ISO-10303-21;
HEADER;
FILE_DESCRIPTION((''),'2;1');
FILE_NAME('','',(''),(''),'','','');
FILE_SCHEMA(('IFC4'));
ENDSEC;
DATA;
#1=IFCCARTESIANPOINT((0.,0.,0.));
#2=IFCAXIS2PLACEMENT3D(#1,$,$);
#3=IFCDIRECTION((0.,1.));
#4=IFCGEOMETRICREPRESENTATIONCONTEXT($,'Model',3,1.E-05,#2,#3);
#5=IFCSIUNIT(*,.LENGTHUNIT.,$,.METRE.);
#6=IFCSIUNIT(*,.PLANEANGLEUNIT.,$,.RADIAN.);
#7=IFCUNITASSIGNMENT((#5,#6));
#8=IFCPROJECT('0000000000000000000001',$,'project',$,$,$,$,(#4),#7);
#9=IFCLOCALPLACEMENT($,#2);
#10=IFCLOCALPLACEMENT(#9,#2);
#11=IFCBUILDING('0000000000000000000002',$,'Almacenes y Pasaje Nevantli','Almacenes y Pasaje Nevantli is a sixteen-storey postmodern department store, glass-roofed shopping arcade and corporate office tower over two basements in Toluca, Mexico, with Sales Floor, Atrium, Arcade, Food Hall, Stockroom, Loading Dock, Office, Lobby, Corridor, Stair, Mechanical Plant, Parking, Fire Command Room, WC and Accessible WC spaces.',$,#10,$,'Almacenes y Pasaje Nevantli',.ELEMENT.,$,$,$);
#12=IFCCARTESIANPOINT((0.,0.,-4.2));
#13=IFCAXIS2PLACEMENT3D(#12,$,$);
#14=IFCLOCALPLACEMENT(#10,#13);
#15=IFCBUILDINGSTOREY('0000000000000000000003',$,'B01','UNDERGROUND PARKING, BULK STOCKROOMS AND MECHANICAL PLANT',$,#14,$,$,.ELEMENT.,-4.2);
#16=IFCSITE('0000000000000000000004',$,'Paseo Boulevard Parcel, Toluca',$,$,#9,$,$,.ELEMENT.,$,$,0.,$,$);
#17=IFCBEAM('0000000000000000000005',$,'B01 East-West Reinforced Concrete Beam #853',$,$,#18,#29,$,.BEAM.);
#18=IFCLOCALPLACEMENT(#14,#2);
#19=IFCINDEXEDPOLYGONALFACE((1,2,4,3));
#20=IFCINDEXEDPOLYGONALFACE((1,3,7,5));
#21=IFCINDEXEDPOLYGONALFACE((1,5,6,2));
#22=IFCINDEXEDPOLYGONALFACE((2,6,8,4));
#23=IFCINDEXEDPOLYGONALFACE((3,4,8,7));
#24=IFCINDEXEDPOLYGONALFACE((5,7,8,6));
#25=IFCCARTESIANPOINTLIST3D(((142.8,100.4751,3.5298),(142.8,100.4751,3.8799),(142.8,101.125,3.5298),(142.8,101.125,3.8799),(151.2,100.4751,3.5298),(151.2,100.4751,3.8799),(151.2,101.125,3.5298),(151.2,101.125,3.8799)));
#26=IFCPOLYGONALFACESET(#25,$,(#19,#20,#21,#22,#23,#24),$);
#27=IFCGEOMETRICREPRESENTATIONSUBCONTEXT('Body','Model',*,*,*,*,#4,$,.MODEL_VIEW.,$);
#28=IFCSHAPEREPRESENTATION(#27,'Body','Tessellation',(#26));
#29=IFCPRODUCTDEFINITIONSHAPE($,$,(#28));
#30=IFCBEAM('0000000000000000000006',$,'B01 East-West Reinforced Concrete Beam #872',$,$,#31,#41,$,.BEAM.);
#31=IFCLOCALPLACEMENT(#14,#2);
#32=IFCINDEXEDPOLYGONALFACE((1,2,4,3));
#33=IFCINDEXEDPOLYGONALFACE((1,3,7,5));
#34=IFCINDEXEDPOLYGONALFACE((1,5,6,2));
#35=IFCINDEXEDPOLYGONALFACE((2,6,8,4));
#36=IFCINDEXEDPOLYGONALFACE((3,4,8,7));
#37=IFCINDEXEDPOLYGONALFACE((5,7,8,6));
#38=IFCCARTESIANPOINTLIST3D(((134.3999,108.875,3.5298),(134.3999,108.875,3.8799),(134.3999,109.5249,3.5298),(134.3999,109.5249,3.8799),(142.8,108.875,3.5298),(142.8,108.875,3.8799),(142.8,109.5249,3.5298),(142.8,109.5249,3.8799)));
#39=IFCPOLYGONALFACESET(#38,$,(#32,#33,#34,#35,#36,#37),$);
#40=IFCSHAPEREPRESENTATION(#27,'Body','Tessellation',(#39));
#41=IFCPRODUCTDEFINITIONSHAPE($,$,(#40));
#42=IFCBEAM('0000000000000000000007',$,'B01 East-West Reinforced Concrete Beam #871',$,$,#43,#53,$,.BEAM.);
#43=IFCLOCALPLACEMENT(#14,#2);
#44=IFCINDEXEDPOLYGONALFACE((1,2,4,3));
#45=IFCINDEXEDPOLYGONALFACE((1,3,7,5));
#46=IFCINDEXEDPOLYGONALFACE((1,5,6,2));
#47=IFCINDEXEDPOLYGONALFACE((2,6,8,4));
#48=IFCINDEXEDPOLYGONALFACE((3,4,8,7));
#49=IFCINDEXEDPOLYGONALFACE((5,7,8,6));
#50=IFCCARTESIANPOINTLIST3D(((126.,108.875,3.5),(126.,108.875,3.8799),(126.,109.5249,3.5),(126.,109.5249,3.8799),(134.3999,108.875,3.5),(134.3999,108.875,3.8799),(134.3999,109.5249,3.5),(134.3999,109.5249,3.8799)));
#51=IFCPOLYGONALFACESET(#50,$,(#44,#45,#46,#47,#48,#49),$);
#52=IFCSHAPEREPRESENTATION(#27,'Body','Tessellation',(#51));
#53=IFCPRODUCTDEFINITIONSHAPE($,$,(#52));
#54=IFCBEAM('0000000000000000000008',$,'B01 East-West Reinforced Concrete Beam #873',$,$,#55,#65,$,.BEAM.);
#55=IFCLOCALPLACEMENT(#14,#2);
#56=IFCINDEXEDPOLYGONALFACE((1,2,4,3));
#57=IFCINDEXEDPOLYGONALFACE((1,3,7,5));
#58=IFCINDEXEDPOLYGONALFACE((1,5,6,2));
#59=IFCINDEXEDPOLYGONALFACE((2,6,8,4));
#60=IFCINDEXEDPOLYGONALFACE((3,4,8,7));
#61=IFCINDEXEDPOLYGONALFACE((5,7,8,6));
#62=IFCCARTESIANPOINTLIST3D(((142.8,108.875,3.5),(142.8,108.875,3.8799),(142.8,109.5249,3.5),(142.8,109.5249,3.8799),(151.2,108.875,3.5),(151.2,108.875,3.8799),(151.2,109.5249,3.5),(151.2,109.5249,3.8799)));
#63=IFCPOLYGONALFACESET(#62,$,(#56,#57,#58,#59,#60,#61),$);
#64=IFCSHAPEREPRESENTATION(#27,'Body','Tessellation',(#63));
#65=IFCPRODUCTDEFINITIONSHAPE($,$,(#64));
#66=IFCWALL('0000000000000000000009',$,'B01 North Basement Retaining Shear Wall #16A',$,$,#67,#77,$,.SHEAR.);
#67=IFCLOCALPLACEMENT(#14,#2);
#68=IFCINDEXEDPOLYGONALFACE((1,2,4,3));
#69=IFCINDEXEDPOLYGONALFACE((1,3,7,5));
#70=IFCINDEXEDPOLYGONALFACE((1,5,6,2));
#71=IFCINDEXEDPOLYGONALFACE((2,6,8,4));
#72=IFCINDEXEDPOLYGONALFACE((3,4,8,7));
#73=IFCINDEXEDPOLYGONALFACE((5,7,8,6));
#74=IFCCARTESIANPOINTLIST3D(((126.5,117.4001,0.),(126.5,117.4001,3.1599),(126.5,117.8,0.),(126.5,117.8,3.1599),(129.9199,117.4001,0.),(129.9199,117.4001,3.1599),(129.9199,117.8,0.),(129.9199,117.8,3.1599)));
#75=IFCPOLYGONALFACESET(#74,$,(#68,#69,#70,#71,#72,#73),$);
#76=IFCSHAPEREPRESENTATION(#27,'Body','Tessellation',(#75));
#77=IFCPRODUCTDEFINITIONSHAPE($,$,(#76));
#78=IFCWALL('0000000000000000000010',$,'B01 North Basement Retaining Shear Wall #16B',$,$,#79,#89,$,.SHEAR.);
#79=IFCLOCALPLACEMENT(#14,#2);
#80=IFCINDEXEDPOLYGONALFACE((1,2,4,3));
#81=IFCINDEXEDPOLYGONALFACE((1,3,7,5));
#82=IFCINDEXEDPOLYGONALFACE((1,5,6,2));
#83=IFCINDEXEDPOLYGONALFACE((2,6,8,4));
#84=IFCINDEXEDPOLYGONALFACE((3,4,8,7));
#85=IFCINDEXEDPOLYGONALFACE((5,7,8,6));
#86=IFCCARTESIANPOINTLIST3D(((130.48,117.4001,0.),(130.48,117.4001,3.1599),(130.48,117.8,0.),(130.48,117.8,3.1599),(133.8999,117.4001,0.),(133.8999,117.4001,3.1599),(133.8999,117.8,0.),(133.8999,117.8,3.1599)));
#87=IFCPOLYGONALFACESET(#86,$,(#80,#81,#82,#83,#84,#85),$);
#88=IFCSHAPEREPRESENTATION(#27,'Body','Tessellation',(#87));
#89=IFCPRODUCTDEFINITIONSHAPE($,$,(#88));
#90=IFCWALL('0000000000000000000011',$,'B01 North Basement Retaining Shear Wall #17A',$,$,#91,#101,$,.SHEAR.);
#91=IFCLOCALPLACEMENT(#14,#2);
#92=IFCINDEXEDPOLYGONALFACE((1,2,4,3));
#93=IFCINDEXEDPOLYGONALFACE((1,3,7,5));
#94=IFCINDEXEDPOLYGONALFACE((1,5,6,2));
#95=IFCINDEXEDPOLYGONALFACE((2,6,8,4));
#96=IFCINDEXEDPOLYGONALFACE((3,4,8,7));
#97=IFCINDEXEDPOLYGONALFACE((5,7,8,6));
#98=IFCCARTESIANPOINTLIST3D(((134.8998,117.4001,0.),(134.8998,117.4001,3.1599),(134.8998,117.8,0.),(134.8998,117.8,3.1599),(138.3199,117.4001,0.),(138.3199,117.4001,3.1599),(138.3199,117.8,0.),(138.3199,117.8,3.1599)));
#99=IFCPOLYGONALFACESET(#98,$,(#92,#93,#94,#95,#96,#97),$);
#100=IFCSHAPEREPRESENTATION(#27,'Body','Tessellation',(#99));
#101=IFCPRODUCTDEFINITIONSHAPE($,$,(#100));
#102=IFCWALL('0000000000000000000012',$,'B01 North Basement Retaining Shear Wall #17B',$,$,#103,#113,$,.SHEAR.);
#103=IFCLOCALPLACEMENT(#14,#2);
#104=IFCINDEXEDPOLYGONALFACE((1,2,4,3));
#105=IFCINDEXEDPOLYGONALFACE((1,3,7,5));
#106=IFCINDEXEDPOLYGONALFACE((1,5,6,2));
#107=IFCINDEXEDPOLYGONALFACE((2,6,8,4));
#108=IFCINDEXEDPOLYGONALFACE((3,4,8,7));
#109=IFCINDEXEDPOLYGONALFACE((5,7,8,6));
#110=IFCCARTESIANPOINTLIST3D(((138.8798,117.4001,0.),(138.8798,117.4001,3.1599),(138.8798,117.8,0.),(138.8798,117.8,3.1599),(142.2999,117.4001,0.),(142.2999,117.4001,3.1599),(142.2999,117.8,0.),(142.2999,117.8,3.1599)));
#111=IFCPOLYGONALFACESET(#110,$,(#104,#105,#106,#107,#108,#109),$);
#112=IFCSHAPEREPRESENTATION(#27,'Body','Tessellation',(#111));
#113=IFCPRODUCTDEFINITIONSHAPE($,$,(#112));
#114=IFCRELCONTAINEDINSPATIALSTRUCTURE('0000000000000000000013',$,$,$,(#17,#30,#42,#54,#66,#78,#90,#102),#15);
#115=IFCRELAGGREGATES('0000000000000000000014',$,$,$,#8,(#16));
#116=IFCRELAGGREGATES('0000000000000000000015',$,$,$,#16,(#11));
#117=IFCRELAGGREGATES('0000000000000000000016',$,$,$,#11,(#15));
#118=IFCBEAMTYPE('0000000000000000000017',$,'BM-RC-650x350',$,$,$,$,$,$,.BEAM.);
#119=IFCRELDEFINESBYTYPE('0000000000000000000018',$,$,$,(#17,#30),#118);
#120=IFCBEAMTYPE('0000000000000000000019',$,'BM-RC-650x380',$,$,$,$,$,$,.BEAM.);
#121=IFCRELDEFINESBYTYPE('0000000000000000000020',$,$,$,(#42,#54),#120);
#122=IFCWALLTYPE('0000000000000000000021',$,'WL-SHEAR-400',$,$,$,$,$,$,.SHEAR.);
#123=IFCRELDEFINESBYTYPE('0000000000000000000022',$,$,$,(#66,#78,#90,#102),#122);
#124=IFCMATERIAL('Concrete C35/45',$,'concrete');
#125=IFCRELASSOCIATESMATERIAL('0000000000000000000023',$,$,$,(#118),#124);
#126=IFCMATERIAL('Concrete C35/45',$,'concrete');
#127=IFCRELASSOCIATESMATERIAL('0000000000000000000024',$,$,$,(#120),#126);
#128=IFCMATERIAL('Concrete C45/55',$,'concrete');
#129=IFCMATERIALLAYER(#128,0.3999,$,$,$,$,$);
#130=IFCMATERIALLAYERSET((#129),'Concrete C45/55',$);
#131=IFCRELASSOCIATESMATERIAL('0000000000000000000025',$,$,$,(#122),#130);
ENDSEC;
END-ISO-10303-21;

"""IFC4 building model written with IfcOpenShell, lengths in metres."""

from ifc_helpers import new_model, si_unit, direction, frame, frame_2d, origin, origin_2d, place, context, subcontext, project, spatial, rectangle, extrude, material, layer, layer_set, material_profile, profile_set, type_object, element, save


model = new_model("IFC4")

# Units and contexts
model_context = context("Model", 3, precision=1e-05, world=origin(), true_north=direction((0.0, 1.0)))
body_context = subcontext(model_context, "Body", "Model", "MODEL_VIEW")
ifc_project = project(units=[si_unit("LENGTHUNIT", "METRE"), si_unit("PLANEANGLEUNIT", "RADIAN")], contexts=[model_context])

# Site, building, storey
site_placement = place(None, origin())
site = spatial("IfcSite", under=ifc_project, at=site_placement, Name="Paseo Boulevard Parcel, Toluca", CompositionType="ELEMENT", RefElevation=0.0)
building_placement = place(site_placement, origin())
building = spatial("IfcBuilding", under=site, at=building_placement, Name="Almacenes y Pasaje Nevantli", Description="Almacenes y Pasaje Nevantli is a sixteen-storey postmodern department store, glass-roofed shopping arcade and corporate office tower over two basements in Toluca, Mexico, with Sales Floor, Atrium, Arcade, Food Hall, Stockroom, Loading Dock, Office, Lobby, Corridor, Stair, Mechanical Plant, Parking, Fire Command Room, WC and Accessible WC spaces.", LongName="Almacenes y Pasaje Nevantli", CompositionType="ELEMENT")
storey_placement = place(building_placement, frame((0.0, 0.0, -4.2)))
storey = spatial("IfcBuildingStorey", under=building, at=storey_placement, Name="B01", Description="UNDERGROUND PARKING, BULK STOCKROOMS AND MECHANICAL PLANT", CompositionType="ELEMENT", Elevation=-4.2)

# Beams
ifc_material_1 = material(Name="Concrete C35/45", Category="concrete")
ifc_material_profile_1 = material_profile(ifc_material_1, rectangle(XDim=0.6499, YDim=0.3501, at=origin_2d()), Name="RC-BM-650x350")
ifc_profile_set_1 = profile_set([ifc_material_profile_1], Name="Concrete C35/45")
beam_type_1 = type_object("IfcBeamType", Name="BM-RC-650x350", PredefinedType="BEAM", material=ifc_profile_set_1)
beam_1_placement = place(storey_placement, frame((142.8, 100.8, 3.7048), z_axis=(1.0, 0.0, 0.0), x_axis=(0.0, 1.0, 0.0)))
element("IfcBeam", 1, at=beam_1_placement, inside=storey, type_object=beam_type_1, Name="B01 East-West Reinforced Concrete Beam #853", PredefinedType="BEAM", context=body_context, shape_type="SweptSolid", body=[
    extrude(rectangle(XDim=0.6499, YDim=0.3501, at=origin_2d()), origin(), (0.0, 0.0, 1.0), 8.3999),
])
beam_2_placement = place(storey_placement, frame((134.3999, 109.2, 3.7048), z_axis=(1.0, 0.0, 0.0), x_axis=(0.0, 1.0, 0.0)))
element("IfcBeam", 2, at=beam_2_placement, inside=storey, type_object=beam_type_1, Name="B01 East-West Reinforced Concrete Beam #872", PredefinedType="BEAM", context=body_context, shape_type="SweptSolid", body=[
    extrude(rectangle(XDim=0.6499, YDim=0.3501, at=origin_2d()), origin(), (0.0, 0.0, 1.0), 8.4001),
])
ifc_material_2 = material(Name="Concrete C35/45", Category="concrete")
ifc_material_profile_2 = material_profile(ifc_material_2, rectangle(XDim=0.6499, YDim=0.3799, at=origin_2d()), Name="RC-BM-650x380")
ifc_profile_set_2 = profile_set([ifc_material_profile_2], Name="Concrete C35/45")
beam_type_2 = type_object("IfcBeamType", Name="BM-RC-650x380", PredefinedType="BEAM", material=ifc_profile_set_2)
for number, where, z_axis, x_axis, name in (
    (3, (126.0, 109.2, 3.6899), (1.0, 0.0, 0.0), (0.0, 1.0, 0.0), "B01 East-West Reinforced Concrete Beam #871"),
    (4, (142.8, 109.2, 3.6899), (1.0, 0.0, 0.0), (0.0, 1.0, 0.0), "B01 East-West Reinforced Concrete Beam #873"),
):
    element("IfcBeam", number, at=place(storey_placement, frame(where, z_axis=z_axis, x_axis=x_axis)), inside=storey, type_object=beam_type_2, Name=name, PredefinedType="BEAM", context=body_context, shape_type="SweptSolid", body=[
        extrude(rectangle(XDim=0.6499, YDim=0.3799, at=origin_2d()), origin(), (0.0, 0.0, 1.0), 8.3999),
    ])

# Walls
ifc_material_3 = material(Name="Concrete C45/55", Category="concrete")
ifc_layer = layer(ifc_material_3, 0.3999)
ifc_layer_set = layer_set([ifc_layer], Name="Concrete C45/55")
wall_type = type_object("IfcWallType", Name="WL-SHEAR-400", PredefinedType="SHEAR", material=ifc_layer_set)
for number, where, z_axis, x_axis, name in (
    (5, (126.5, 117.6001, 0.0), (0.0, 0.0, 1.0), (1.0, 0.0, 0.0), "B01 North Basement Retaining Shear Wall #16A"),
    (6, (130.48, 117.6001, 0.0), (0.0, 0.0, 1.0), (1.0, 0.0, 0.0), "B01 North Basement Retaining Shear Wall #16B"),
):
    element("IfcWall", number, at=place(storey_placement, frame(where, z_axis=z_axis, x_axis=x_axis)), inside=storey, type_object=wall_type, Name=name, PredefinedType="SHEAR", context=body_context, shape_type="SweptSolid", body=[
        extrude(rectangle(XDim=3.4199, YDim=0.3999, at=frame_2d((1.71, 0.0))), origin(), (0.0, 0.0, 1.0), 3.1599),
    ])
for number, where, z_axis, x_axis, name in (
    (7, (134.8999, 117.6001, 0.0), (0.0, 0.0, 1.0), (1.0, 0.0, 0.0), "B01 North Basement Retaining Shear Wall #17A"),
    (8, (138.8799, 117.6001, 0.0), (0.0, 0.0, 1.0), (1.0, 0.0, 0.0), "B01 North Basement Retaining Shear Wall #17B"),
):
    element("IfcWall", number, at=place(storey_placement, frame(where, z_axis=z_axis, x_axis=x_axis)), inside=storey, type_object=wall_type, Name=name, PredefinedType="SHEAR", context=body_context, shape_type="SweptSolid", body=[
        extrude(rectangle(XDim=3.4202, YDim=0.3999, at=frame_2d((1.71, 0.0))), origin(), (0.0, 0.0, 1.0), 3.1599),
    ])

save(model, "model.ifc")
